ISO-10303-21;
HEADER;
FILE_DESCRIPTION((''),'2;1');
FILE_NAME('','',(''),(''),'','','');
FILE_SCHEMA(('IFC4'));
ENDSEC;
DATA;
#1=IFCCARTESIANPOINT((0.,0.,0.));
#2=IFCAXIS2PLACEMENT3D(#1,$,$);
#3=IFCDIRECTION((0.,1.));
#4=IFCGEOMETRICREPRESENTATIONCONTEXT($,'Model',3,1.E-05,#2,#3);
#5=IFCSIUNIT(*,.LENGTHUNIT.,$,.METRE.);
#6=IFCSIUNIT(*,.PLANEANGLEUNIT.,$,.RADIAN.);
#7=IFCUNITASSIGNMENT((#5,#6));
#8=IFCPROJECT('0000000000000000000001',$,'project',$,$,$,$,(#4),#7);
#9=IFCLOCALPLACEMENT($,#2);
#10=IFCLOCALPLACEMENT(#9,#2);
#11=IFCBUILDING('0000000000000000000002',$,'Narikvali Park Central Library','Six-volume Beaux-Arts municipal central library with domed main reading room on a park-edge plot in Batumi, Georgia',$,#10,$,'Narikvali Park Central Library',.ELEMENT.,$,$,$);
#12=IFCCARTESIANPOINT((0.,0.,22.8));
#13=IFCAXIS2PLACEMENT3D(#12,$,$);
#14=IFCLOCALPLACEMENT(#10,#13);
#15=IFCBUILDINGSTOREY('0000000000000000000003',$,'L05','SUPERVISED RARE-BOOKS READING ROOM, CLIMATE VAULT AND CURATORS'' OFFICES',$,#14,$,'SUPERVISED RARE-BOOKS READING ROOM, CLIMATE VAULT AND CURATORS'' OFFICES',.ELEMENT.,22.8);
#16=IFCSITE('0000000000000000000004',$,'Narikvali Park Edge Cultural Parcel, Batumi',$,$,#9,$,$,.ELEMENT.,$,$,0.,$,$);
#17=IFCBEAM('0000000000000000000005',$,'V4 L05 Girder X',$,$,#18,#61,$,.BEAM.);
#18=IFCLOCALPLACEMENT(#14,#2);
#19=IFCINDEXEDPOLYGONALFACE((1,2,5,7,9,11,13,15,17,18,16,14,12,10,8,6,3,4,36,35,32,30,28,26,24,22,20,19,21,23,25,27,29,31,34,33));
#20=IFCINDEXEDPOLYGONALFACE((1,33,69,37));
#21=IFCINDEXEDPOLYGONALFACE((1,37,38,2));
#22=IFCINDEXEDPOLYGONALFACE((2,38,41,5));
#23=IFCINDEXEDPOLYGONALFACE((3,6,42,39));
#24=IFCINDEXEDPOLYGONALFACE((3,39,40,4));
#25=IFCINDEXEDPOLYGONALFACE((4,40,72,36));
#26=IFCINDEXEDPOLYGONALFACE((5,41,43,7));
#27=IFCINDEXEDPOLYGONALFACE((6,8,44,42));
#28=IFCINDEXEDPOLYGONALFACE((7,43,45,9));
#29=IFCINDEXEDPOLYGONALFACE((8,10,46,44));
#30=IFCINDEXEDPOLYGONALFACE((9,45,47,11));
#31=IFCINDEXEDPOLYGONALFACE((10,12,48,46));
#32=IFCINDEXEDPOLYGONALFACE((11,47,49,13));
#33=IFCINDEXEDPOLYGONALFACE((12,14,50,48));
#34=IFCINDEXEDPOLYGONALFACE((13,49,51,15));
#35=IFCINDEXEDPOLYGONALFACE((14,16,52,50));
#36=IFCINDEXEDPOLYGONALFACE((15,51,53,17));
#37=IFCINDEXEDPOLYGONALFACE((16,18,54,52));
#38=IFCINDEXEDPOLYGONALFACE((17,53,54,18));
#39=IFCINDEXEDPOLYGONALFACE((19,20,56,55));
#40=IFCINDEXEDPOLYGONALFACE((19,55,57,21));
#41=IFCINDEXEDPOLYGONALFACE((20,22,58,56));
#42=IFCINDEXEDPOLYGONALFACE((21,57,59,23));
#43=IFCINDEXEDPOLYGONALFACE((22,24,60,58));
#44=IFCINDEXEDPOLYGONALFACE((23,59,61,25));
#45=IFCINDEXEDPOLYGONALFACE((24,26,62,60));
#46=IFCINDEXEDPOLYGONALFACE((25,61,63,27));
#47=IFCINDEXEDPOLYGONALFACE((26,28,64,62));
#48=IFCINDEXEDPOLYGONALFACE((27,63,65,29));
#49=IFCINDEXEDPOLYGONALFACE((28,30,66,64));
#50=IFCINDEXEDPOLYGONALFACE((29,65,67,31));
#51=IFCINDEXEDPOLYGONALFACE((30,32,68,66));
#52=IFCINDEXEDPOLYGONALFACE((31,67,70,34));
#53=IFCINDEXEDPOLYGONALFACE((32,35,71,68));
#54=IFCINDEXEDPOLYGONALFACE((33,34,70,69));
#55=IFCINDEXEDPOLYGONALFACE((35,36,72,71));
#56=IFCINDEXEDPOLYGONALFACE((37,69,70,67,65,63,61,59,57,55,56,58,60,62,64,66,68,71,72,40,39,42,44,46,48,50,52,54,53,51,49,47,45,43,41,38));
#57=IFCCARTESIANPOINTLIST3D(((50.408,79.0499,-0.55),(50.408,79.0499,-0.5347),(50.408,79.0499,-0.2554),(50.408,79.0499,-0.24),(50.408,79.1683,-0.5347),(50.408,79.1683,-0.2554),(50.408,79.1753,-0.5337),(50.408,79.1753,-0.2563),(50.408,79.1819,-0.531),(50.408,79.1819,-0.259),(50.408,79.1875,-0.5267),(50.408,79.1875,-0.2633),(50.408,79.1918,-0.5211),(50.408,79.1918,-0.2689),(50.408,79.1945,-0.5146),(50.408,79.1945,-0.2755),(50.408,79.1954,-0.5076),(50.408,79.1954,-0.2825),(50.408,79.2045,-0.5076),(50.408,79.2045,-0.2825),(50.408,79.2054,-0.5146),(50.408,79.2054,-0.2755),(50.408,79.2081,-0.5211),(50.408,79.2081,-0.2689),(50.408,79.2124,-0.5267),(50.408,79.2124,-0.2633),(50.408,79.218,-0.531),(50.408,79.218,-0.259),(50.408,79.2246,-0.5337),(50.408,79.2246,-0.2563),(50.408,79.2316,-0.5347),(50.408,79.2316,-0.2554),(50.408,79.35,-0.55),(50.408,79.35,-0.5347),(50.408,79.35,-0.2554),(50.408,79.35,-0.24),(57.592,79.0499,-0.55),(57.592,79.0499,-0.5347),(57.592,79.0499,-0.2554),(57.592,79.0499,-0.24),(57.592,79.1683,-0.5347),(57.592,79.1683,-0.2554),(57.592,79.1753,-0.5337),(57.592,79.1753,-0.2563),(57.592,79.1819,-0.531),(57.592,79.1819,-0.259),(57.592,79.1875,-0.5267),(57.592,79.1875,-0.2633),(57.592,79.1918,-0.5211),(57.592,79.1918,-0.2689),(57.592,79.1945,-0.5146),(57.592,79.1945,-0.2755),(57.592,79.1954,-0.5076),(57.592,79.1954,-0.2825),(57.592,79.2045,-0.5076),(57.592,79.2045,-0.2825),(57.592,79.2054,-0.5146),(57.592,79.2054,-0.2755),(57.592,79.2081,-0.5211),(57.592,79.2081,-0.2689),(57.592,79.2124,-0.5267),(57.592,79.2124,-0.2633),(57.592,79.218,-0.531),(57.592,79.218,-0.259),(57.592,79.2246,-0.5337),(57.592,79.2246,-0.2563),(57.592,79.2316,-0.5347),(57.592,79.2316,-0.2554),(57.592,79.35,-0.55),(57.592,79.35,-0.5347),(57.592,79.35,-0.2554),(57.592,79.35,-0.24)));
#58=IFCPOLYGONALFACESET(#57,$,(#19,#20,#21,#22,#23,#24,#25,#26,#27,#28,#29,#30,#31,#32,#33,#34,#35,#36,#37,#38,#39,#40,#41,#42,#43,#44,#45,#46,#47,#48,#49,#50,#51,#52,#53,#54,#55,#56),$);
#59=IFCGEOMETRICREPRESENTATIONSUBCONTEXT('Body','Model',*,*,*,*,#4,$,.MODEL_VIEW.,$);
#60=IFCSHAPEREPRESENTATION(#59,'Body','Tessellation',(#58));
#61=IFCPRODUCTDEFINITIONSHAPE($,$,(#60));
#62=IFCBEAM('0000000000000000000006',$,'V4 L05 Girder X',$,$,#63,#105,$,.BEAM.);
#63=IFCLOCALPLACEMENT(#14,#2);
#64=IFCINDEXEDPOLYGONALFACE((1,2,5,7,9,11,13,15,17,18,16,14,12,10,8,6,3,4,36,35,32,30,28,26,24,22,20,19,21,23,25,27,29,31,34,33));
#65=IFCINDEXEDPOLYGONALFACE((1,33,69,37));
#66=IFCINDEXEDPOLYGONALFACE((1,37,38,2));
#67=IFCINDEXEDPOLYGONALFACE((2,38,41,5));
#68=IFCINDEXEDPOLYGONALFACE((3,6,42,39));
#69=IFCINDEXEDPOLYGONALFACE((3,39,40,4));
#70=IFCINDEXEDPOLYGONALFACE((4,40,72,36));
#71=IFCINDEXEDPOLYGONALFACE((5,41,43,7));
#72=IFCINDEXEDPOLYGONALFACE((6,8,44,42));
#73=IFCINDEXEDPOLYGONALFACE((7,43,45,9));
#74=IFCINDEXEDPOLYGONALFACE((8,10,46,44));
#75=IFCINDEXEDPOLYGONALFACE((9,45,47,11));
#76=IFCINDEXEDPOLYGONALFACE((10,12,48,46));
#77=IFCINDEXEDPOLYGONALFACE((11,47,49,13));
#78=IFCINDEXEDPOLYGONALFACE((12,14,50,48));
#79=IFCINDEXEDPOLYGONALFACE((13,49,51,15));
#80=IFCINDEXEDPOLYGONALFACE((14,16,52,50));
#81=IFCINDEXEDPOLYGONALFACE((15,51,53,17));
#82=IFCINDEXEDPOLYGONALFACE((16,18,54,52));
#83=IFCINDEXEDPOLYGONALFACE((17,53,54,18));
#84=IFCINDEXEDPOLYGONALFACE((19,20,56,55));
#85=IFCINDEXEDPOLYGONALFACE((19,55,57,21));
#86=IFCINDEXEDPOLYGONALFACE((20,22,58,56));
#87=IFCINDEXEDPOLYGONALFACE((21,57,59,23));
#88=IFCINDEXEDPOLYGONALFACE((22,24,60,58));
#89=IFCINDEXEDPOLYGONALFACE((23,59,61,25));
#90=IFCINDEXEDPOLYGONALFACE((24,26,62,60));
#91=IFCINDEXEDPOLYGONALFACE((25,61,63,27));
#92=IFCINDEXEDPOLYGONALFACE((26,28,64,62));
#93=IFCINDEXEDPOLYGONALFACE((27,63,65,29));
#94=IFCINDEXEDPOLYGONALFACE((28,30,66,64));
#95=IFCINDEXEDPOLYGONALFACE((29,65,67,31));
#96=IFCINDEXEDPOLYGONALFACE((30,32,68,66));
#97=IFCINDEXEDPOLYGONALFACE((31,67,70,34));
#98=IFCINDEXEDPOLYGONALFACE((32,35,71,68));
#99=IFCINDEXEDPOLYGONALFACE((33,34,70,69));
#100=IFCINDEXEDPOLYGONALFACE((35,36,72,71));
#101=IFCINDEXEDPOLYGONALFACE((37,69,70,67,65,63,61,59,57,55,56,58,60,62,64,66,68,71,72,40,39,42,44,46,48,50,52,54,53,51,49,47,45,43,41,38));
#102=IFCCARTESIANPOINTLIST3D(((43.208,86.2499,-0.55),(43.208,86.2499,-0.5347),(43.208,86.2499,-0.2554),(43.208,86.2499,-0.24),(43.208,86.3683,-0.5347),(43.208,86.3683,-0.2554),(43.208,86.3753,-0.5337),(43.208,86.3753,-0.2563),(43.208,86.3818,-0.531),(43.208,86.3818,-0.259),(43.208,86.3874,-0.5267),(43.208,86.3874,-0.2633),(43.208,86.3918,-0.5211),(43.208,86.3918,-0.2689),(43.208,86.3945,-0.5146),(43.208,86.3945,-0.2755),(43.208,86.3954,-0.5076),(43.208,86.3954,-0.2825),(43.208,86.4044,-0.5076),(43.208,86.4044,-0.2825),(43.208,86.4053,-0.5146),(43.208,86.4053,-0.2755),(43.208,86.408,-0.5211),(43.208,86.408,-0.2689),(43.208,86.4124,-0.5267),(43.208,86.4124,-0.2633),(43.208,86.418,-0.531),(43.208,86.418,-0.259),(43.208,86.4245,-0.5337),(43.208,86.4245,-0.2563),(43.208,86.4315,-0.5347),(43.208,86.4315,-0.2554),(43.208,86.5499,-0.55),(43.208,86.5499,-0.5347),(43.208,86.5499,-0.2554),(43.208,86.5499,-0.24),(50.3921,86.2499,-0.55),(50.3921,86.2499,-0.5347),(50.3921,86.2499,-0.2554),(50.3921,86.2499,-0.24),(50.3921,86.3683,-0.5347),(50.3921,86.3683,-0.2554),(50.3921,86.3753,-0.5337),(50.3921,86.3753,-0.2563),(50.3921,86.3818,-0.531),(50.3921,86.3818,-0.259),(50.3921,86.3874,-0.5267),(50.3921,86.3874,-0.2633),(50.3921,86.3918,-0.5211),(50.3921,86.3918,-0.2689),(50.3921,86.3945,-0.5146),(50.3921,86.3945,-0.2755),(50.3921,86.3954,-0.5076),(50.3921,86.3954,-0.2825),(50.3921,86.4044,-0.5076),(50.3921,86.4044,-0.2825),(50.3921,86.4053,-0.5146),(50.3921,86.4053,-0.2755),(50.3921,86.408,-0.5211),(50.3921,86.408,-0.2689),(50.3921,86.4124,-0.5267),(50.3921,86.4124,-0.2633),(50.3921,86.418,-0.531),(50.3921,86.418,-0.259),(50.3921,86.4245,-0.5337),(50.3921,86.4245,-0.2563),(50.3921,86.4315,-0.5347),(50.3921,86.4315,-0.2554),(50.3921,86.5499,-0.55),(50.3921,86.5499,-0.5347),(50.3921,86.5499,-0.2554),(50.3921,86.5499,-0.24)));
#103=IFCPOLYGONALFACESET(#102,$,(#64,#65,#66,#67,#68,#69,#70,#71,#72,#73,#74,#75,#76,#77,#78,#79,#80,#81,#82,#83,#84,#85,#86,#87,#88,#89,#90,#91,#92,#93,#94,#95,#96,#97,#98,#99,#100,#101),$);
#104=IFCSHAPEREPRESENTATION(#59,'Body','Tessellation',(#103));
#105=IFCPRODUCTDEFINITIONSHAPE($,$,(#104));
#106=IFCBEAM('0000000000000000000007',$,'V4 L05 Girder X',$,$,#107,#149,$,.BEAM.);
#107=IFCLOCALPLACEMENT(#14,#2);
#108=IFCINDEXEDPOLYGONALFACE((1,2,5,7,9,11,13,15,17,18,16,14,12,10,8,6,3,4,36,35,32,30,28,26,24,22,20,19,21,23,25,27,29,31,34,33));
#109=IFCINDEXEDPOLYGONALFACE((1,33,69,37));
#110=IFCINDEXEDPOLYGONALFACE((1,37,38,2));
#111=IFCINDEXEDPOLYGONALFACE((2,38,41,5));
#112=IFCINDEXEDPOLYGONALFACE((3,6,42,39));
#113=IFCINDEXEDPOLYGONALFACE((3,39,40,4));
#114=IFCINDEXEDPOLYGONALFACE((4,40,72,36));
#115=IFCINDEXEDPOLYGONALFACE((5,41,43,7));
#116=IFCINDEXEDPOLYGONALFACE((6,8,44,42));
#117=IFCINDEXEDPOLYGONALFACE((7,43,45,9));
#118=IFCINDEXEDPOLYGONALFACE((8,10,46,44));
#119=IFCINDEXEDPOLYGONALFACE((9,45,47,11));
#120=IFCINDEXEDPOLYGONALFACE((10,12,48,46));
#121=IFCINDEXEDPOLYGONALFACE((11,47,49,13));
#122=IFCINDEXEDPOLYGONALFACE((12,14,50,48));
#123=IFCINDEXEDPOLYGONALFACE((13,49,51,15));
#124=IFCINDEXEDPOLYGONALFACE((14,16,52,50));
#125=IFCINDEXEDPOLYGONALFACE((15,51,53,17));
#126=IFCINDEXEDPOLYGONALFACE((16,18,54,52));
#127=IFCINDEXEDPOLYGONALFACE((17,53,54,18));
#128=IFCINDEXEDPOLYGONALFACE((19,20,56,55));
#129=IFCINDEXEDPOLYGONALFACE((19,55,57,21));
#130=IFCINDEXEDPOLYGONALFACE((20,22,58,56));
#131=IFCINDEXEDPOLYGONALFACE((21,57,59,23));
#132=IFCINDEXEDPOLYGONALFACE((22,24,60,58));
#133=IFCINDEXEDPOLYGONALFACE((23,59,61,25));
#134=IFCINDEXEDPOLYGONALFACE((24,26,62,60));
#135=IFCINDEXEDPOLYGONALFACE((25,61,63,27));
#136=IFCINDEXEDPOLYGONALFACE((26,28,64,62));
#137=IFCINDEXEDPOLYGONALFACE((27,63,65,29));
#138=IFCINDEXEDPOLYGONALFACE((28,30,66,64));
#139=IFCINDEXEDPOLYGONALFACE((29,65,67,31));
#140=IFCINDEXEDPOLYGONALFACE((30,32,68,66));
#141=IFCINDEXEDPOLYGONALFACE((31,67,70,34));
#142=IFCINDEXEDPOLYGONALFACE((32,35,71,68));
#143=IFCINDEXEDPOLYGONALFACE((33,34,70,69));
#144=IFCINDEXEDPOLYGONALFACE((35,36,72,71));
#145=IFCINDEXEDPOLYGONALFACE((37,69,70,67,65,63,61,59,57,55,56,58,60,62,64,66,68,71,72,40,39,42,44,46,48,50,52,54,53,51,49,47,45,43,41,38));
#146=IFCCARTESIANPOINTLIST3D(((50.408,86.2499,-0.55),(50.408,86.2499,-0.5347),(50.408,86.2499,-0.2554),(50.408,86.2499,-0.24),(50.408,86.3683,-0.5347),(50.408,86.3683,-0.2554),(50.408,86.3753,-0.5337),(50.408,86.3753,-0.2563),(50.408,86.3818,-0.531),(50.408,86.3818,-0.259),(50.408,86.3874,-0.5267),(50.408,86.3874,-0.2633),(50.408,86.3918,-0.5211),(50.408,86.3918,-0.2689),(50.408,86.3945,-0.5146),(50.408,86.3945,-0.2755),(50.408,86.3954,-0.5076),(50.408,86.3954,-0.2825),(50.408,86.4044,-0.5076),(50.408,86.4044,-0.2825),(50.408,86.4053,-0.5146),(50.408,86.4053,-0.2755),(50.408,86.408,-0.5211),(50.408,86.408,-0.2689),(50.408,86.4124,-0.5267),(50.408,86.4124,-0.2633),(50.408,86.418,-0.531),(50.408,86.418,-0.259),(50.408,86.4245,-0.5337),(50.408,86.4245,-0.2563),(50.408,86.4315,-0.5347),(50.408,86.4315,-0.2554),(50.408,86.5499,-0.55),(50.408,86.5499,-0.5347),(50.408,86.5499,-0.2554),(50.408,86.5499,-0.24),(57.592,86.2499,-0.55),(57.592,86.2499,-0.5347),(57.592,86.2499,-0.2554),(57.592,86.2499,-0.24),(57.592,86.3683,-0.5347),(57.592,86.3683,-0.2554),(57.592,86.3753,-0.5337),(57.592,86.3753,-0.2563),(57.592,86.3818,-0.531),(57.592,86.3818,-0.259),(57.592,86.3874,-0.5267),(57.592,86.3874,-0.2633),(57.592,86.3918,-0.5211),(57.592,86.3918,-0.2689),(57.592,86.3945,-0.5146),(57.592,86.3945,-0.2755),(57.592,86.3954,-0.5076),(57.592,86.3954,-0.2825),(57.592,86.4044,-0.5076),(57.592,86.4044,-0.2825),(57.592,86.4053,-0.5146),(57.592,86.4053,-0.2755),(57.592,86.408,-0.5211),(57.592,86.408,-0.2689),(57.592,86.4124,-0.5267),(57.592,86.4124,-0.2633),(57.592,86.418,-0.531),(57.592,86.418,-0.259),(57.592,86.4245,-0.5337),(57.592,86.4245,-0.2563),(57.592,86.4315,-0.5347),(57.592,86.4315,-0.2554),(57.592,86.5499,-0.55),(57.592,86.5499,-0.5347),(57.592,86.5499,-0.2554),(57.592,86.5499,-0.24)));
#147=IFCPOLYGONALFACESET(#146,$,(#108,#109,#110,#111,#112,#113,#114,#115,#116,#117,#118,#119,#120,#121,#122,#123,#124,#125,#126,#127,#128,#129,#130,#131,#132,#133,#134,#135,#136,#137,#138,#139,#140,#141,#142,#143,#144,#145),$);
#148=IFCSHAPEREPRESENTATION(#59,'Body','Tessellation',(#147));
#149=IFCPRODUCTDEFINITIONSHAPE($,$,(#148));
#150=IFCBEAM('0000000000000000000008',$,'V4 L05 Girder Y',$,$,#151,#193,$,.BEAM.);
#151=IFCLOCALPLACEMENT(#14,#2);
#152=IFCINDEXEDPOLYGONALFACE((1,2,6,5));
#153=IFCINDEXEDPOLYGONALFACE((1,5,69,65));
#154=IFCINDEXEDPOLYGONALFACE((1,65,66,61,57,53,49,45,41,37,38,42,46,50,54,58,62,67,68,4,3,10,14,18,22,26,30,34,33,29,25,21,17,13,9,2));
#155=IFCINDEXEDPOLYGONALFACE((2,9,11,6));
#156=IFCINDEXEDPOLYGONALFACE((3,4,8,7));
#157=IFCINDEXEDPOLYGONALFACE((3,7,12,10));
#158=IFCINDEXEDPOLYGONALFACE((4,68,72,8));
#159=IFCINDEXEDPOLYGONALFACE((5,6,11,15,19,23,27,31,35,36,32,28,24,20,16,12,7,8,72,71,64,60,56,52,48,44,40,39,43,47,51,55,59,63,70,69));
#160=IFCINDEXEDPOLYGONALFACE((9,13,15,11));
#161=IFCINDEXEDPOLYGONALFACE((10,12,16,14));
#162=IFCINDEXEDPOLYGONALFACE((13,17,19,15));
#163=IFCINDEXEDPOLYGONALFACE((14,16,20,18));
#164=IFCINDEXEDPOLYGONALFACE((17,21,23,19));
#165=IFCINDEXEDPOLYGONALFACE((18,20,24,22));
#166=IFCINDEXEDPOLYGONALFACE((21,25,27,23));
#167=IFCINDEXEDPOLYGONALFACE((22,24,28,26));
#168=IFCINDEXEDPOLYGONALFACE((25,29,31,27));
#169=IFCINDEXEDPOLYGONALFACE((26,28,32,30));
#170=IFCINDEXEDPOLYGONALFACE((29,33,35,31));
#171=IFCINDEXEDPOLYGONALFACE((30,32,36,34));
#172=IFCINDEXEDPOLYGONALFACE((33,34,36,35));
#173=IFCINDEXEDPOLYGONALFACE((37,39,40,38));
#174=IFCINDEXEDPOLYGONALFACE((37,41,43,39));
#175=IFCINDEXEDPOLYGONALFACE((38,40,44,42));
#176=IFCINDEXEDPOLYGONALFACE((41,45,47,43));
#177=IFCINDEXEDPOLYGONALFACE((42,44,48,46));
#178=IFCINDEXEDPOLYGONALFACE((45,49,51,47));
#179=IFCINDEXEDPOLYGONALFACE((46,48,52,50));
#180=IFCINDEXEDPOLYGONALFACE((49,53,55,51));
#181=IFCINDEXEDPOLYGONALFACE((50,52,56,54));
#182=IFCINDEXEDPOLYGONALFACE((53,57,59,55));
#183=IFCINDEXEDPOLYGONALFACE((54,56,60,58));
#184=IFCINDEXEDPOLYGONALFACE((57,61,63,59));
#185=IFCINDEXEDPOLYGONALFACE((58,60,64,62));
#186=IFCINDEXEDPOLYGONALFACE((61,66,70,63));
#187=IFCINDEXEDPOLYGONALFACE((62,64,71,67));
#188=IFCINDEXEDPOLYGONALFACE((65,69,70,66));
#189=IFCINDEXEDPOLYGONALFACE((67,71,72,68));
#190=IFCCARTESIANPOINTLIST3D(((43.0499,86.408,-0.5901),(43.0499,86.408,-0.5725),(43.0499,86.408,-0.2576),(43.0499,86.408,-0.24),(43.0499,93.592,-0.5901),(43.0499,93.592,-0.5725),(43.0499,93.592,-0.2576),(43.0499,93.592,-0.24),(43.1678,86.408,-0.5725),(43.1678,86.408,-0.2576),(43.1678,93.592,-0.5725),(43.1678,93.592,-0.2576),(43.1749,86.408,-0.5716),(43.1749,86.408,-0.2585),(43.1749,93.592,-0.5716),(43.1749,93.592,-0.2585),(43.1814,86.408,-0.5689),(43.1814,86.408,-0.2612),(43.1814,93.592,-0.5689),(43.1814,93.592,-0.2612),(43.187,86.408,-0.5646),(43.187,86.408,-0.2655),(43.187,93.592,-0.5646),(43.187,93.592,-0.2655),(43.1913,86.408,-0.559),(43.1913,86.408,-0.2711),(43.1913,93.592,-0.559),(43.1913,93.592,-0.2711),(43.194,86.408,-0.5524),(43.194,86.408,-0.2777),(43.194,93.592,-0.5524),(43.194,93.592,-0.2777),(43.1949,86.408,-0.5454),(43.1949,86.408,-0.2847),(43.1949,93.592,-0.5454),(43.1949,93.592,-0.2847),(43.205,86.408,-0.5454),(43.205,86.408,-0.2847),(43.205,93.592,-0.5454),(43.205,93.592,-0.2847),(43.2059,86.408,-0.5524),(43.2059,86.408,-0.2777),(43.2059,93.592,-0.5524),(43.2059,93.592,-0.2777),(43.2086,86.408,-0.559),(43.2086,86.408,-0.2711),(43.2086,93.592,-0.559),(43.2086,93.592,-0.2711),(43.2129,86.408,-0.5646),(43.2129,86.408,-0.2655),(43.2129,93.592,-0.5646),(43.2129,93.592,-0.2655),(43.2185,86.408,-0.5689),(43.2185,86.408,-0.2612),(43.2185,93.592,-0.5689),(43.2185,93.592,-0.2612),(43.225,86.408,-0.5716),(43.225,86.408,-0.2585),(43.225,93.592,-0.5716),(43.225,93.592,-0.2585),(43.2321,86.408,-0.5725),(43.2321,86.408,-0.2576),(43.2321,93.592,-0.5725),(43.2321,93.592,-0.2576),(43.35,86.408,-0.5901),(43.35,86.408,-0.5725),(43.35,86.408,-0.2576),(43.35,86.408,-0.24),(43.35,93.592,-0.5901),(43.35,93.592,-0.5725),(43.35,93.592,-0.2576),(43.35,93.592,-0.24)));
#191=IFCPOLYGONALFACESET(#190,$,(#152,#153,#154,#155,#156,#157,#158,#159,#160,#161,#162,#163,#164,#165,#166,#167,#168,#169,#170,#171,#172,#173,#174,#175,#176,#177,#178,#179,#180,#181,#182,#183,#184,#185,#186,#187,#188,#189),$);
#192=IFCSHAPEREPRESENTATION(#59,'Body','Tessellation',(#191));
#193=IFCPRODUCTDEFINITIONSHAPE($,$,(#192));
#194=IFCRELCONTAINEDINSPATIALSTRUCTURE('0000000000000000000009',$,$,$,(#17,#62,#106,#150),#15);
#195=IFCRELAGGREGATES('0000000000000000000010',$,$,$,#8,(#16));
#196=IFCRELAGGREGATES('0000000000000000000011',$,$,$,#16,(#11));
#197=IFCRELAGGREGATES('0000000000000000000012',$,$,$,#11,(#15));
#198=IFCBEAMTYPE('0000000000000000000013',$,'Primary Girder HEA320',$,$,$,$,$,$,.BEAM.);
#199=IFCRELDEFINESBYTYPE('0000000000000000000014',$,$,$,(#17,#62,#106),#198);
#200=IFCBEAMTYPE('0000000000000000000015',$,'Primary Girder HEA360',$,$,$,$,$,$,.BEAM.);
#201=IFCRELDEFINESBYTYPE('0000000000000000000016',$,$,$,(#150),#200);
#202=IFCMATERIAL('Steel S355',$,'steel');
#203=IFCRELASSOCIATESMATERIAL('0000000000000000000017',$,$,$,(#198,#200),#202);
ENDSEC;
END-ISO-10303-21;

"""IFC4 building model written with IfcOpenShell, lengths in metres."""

from ifc_helpers import new_model, si_unit, direction, frame, origin, origin_2d, place, context, subcontext, project, spatial, i_section, extrude, material, material_profile, profile_set, type_object, element, save


model = new_model("IFC4")

# Units and contexts
model_context = context("Model", 3, precision=1e-05, world=origin(), true_north=direction((0.0, 1.0)))
body_context = subcontext(model_context, "Body", "Model", "MODEL_VIEW")
ifc_project = project(units=[si_unit("LENGTHUNIT", "METRE"), si_unit("PLANEANGLEUNIT", "RADIAN")], contexts=[model_context])

# Site, building, storey
site_placement = place(None, origin())
site = spatial("IfcSite", under=ifc_project, at=site_placement, Name="Narikvali Park Edge Cultural Parcel, Batumi", CompositionType="ELEMENT", RefElevation=0.0)
building_placement = place(site_placement, origin())
building = spatial("IfcBuilding", under=site, at=building_placement, Name="Narikvali Park Central Library", Description="Six-volume Beaux-Arts municipal central library with domed main reading room on a park-edge plot in Batumi, Georgia", LongName="Narikvali Park Central Library", CompositionType="ELEMENT")
storey_placement = place(building_placement, frame((0.0, 0.0, 22.8)))
storey = spatial("IfcBuildingStorey", under=building, at=storey_placement, Name="L05", Description="SUPERVISED RARE-BOOKS READING ROOM, CLIMATE VAULT AND CURATORS' OFFICES", LongName="SUPERVISED RARE-BOOKS READING ROOM, CLIMATE VAULT AND CURATORS' OFFICES", CompositionType="ELEMENT", Elevation=22.8)

# Shared definitions
ifc_material = material(Name="Steel S355", Category="steel")

# Beams
ifc_material_profile_1 = material_profile(ifc_material, i_section(OverallWidth=0.3, OverallDepth=0.3101, WebThickness=0.009, FlangeThickness=0.0154, FilletRadius=0.0271, at=origin_2d()), Name="HEA 320")
ifc_profile_set_1 = profile_set([ifc_material_profile_1], Name="Steel S355")
beam_type_1 = type_object("IfcBeamType", Name="Primary Girder HEA320", PredefinedType="BEAM", material=ifc_profile_set_1)
for number, where, z_axis, x_axis, name in (
    (1, (50.408, 79.2, -0.395), (1.0, 0.0, 0.0), (0.0, 1.0, 0.0), "V4 L05 Girder X"),
    (2, (43.208, 86.3999, -0.395), (1.0, 0.0, 0.0), (0.0, 1.0, 0.0), "V4 L05 Girder X"),
    (3, (50.408, 86.3999, -0.395), (1.0, 0.0, 0.0), (0.0, 1.0, 0.0), "V4 L05 Girder X"),
):
    element("IfcBeam", number, at=place(storey_placement, frame(where, z_axis=z_axis, x_axis=x_axis)), inside=storey, type_object=beam_type_1, Name=name, PredefinedType="BEAM", context=body_context, shape_type="SweptSolid", body=[
        extrude(i_section(OverallWidth=0.3, OverallDepth=0.3101, WebThickness=0.009, FlangeThickness=0.0154, FilletRadius=0.0271, at=origin_2d()), origin(), (0.0, 0.0, 1.0), 7.1841),
    ])
ifc_material_profile_2 = material_profile(ifc_material, i_section(OverallWidth=0.3, OverallDepth=0.3501, WebThickness=0.01, FlangeThickness=0.0176, FilletRadius=0.0271, at=origin_2d()), Name="HEA 360")
ifc_profile_set_2 = profile_set([ifc_material_profile_2], Name="Steel S355")
beam_type_2 = type_object("IfcBeamType", Name="Primary Girder HEA360", PredefinedType="BEAM", material=ifc_profile_set_2)
beam_1_placement = place(storey_placement, frame((43.2, 86.408, -0.415), z_axis=(0.0, 1.0, 0.0), x_axis=(-1.0, 0.0, 0.0)))
element("IfcBeam", 4, at=beam_1_placement, inside=storey, type_object=beam_type_2, Name="V4 L05 Girder Y", PredefinedType="BEAM", context=body_context, shape_type="SweptSolid", body=[
    extrude(i_section(OverallWidth=0.3, OverallDepth=0.3501, WebThickness=0.01, FlangeThickness=0.0176, FilletRadius=0.0271, at=origin_2d()), origin(), (0.0, 0.0, 1.0), 7.1841),
])

save(model, "model.ifc")
